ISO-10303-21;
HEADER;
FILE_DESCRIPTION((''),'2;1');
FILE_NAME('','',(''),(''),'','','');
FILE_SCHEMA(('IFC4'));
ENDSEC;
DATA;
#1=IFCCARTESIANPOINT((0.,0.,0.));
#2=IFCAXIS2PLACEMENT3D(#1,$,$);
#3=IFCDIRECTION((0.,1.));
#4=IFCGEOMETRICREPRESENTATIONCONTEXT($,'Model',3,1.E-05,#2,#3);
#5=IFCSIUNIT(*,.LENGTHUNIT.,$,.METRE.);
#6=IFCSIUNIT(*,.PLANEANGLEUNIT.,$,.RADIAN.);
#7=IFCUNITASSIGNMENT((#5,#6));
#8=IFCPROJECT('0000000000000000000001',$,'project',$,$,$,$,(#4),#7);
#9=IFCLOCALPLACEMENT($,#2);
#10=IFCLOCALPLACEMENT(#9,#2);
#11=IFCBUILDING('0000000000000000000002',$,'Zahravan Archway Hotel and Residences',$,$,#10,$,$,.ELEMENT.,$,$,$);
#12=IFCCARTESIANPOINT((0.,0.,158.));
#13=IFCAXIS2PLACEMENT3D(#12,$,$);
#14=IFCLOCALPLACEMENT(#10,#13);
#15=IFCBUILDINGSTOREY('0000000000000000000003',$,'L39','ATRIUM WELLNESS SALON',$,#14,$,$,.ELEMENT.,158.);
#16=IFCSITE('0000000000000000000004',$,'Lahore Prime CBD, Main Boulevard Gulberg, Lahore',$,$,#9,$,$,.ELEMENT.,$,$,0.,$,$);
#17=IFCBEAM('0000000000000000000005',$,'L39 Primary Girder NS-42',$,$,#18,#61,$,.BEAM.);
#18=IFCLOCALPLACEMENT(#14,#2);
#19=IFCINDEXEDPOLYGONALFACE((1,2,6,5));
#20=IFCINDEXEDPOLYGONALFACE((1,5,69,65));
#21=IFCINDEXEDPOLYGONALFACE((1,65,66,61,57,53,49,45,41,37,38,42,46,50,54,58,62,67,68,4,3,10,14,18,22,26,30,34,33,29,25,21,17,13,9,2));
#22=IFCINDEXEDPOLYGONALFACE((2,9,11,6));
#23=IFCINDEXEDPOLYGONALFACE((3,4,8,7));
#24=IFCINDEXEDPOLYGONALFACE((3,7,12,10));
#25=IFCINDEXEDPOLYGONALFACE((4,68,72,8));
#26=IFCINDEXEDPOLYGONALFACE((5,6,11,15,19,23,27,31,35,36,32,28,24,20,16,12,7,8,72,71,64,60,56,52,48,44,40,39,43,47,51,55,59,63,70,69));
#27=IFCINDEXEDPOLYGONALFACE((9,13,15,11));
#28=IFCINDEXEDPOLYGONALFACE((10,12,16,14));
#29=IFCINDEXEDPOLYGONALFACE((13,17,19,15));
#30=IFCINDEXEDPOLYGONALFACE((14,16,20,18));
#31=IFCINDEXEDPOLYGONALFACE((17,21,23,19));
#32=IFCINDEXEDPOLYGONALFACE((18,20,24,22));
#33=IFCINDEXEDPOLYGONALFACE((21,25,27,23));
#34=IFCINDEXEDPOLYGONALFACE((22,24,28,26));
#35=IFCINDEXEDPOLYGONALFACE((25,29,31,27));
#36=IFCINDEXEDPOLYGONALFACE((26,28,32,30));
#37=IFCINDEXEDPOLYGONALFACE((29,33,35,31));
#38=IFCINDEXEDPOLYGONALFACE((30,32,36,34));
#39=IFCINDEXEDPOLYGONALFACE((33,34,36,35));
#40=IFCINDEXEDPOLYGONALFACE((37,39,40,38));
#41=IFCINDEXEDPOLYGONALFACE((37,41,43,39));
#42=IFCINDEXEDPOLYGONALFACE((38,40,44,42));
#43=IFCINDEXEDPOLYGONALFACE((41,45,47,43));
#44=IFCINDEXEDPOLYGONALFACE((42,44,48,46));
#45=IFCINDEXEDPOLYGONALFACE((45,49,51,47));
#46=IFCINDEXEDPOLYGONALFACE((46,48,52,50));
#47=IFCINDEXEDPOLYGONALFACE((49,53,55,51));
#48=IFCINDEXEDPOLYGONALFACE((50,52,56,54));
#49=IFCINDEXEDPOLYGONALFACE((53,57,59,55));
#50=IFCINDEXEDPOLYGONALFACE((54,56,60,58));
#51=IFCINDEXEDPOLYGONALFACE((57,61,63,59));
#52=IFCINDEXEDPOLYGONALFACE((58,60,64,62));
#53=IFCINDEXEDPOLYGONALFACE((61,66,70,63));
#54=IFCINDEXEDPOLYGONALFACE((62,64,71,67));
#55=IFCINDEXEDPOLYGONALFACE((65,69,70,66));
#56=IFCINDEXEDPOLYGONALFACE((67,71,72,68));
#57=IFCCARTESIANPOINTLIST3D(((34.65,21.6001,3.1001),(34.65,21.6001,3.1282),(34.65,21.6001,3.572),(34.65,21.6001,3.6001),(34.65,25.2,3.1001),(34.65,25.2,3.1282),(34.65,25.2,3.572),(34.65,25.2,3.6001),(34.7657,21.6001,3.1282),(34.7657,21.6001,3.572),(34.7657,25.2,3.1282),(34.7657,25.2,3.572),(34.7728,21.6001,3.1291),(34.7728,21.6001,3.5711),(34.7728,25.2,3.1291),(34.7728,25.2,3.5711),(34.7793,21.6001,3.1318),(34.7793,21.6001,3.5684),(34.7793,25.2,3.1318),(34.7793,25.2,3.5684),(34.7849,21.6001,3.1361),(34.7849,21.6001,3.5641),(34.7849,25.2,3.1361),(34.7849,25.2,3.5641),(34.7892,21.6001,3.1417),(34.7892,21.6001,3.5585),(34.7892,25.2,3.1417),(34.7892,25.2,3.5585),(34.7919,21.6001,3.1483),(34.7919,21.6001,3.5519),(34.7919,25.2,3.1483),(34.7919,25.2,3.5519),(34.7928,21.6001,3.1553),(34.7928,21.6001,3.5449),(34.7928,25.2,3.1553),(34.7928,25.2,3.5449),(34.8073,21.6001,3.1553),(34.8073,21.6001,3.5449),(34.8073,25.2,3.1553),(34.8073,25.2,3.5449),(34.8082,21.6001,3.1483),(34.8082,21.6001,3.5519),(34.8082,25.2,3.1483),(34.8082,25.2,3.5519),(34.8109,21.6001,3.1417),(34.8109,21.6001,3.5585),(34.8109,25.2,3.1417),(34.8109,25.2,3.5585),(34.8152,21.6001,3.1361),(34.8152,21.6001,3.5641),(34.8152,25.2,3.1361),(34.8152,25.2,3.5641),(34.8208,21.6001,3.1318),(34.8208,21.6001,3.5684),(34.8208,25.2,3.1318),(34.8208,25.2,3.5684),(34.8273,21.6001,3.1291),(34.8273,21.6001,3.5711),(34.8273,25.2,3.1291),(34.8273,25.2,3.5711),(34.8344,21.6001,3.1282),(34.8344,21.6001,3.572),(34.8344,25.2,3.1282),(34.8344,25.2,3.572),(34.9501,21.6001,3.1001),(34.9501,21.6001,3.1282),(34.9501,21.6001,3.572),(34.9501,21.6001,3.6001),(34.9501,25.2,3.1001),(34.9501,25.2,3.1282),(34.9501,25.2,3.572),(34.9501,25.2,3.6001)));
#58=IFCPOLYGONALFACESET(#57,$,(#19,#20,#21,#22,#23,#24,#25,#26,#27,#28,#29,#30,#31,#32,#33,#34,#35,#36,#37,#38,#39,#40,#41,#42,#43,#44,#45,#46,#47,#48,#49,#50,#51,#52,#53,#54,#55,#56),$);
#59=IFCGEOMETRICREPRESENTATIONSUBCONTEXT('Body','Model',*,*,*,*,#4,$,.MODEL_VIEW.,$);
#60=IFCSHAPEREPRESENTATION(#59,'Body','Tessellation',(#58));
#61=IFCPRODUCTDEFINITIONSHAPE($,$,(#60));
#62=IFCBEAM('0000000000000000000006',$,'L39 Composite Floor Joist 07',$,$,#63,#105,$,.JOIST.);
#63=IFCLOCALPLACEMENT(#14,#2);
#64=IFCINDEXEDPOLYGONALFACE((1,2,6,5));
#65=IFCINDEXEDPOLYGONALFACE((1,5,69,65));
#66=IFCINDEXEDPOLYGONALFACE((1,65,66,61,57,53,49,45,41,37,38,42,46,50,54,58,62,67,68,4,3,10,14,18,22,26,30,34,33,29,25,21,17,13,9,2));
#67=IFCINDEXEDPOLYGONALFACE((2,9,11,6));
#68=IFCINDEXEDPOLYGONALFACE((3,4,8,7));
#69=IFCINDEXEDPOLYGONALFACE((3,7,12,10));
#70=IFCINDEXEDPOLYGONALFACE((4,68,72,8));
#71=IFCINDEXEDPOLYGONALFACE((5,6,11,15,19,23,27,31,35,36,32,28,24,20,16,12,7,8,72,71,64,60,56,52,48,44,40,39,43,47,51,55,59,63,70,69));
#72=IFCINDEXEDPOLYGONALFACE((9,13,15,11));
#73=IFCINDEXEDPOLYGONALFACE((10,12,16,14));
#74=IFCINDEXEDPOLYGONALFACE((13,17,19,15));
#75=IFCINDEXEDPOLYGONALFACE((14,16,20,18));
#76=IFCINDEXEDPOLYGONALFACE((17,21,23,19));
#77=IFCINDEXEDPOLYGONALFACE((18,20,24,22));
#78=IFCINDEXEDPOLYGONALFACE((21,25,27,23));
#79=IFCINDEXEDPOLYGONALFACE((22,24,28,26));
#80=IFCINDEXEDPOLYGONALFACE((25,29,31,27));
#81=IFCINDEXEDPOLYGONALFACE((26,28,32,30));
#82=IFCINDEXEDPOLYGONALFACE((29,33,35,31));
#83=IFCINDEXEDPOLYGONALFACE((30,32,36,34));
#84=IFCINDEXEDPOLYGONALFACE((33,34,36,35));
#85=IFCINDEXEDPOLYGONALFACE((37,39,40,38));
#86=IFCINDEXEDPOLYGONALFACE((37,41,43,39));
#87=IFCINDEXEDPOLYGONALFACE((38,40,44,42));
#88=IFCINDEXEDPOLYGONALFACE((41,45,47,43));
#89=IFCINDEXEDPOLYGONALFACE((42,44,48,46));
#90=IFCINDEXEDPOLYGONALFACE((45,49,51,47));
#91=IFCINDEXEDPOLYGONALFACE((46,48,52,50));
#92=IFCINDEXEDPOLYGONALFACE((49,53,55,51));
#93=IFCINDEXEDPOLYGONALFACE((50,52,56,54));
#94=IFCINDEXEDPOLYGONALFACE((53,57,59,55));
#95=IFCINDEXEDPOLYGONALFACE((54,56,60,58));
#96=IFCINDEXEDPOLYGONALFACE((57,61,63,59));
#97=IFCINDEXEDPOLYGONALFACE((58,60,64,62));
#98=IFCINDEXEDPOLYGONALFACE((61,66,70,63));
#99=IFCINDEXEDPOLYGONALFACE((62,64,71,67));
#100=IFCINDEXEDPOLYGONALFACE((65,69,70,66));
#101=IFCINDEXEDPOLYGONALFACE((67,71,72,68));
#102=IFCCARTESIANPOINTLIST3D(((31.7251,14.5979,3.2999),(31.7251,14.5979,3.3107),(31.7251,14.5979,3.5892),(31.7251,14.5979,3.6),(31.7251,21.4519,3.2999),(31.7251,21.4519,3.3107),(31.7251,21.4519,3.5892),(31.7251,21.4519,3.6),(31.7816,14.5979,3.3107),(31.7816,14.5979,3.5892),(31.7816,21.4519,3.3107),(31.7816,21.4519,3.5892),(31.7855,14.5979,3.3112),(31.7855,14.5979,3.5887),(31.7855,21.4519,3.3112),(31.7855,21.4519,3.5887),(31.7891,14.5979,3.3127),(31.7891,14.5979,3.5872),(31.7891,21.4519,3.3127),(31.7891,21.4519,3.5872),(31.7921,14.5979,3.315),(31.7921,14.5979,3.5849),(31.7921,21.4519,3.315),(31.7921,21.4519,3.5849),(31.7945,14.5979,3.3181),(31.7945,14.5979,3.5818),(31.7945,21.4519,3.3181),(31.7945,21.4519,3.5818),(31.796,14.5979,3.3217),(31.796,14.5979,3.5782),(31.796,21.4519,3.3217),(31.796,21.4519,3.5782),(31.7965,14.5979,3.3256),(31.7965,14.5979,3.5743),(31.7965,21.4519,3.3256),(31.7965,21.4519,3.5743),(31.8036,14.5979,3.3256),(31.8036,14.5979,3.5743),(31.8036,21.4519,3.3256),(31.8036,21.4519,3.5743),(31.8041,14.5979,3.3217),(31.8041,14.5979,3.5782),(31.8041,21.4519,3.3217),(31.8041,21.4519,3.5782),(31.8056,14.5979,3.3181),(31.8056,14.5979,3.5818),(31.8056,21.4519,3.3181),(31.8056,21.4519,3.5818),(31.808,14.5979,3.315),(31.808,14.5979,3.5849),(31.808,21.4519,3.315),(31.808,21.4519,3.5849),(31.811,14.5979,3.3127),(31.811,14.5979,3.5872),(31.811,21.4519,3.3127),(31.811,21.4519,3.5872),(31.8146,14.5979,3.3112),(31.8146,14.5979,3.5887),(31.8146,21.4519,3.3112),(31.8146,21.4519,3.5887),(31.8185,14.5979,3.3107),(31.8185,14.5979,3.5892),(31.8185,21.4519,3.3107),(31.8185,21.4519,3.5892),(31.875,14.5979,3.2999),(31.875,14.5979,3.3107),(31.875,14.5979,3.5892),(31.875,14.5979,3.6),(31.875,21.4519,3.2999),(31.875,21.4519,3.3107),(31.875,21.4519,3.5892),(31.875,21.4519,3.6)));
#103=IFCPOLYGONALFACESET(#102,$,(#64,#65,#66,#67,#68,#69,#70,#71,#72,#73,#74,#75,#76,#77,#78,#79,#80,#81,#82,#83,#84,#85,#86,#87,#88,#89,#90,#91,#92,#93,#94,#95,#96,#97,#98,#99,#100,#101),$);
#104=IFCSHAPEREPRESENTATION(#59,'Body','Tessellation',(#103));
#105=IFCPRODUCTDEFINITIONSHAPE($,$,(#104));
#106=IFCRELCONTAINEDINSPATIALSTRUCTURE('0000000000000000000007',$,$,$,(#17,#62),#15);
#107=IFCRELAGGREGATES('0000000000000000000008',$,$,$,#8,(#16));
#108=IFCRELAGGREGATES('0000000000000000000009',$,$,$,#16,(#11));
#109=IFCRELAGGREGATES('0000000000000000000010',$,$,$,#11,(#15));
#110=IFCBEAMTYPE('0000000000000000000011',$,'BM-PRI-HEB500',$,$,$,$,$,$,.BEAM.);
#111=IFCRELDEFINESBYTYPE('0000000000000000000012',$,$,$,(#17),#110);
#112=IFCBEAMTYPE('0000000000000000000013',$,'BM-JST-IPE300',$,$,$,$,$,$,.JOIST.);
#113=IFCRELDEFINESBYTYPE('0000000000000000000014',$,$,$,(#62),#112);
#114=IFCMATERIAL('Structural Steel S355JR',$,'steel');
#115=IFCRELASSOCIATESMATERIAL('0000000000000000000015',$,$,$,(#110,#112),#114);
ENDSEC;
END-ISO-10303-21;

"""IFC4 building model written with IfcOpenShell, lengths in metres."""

from ifc_helpers import new_model, si_unit, direction, frame, origin, origin_2d, place, context, subcontext, project, spatial, i_section, extrude, source, transform, mapped, material, material_profile, profile_set, type_object, element, save


model = new_model("IFC4")

# Units and contexts
model_context = context("Model", 3, precision=1e-05, world=origin(), true_north=direction((0.0, 1.0)))
body_context = subcontext(model_context, "Body", "Model", "MODEL_VIEW")
ifc_project = project(units=[si_unit("LENGTHUNIT", "METRE"), si_unit("PLANEANGLEUNIT", "RADIAN")], contexts=[model_context])

# Site, building, storey
site_placement = place(None, origin())
site = spatial("IfcSite", under=ifc_project, at=site_placement, Name="Lahore Prime CBD, Main Boulevard Gulberg, Lahore", CompositionType="ELEMENT", RefElevation=0.0)
building_placement = place(site_placement, origin())
building = spatial("IfcBuilding", under=site, at=building_placement, Name="Zahravan Archway Hotel and Residences", CompositionType="ELEMENT")
storey_placement = place(building_placement, frame((0.0, 0.0, 158.0)))
storey = spatial("IfcBuildingStorey", under=building, at=storey_placement, Name="L39", Description="ATRIUM WELLNESS SALON", CompositionType="ELEMENT", Elevation=158.0)

# Beams
ifc_material_1 = material(Name="Structural Steel S355JR", Category="steel")
ifc_material_profile_1 = material_profile(ifc_material_1, i_section(OverallWidth=0.3, OverallDepth=0.5, WebThickness=0.0144, FlangeThickness=0.0281, FilletRadius=0.0271, at=origin_2d()), Name="HEB 500", Category="steel")
ifc_profile_set_1 = profile_set([ifc_material_profile_1], Name="Structural Steel S355JR")
beam_type_1 = type_object("IfcBeamType", Name="BM-PRI-HEB500", PredefinedType="BEAM", material=ifc_profile_set_1)
shared_shape_1 = source(origin(), body_context, "Body", "SweptSolid", [
    extrude(i_section(OverallWidth=0.3, OverallDepth=0.5, WebThickness=0.0144, FlangeThickness=0.0281, FilletRadius=0.0271, at=origin_2d()), origin(), (0.0, 0.0, 1.0), 3.5999),
])
beam_1_placement = place(storey_placement, frame((34.8, 21.6001, 3.3501), z_axis=(0.0, 1.0, 0.0), x_axis=(-1.0, 0.0, 0.0)))
element("IfcBeam", 1, at=beam_1_placement, inside=storey, type_object=beam_type_1, Name="L39 Primary Girder NS-42", PredefinedType="BEAM", context=body_context, shape_type="MappedRepresentation", body=[
    mapped(shared_shape_1, transform((0.0, 0.0, 0.0), scale=1.0)),
])
ifc_material_profile_2 = material_profile(ifc_material_1, i_section(OverallWidth=0.1499, OverallDepth=0.3, WebThickness=0.0071, FlangeThickness=0.0107, FilletRadius=0.0149, at=origin_2d()), Name="IPE 300", Category="steel")
ifc_profile_set_2 = profile_set([ifc_material_profile_2], Name="Structural Steel S355JR")
beam_type_2 = type_object("IfcBeamType", Name="BM-JST-IPE300", PredefinedType="JOIST", material=ifc_profile_set_2)
shared_shape_2 = source(origin(), body_context, "Body", "SweptSolid", [
    extrude(i_section(OverallWidth=0.1499, OverallDepth=0.3, WebThickness=0.0071, FlangeThickness=0.0107, FilletRadius=0.0149, at=origin_2d()), origin(), (0.0, 0.0, 1.0), 6.854),
])
beam_2_placement = place(storey_placement, frame((31.8, 14.5979, 3.45), z_axis=(0.0, 1.0, 0.0), x_axis=(-1.0, 0.0, 0.0)))
element("IfcBeam", 2, at=beam_2_placement, inside=storey, type_object=beam_type_2, Name="L39 Composite Floor Joist 07", PredefinedType="JOIST", context=body_context, shape_type="MappedRepresentation", body=[
    mapped(shared_shape_2, transform((0.0, 0.0, 0.0), scale=1.0)),
])

save(model, "model.ifc")
